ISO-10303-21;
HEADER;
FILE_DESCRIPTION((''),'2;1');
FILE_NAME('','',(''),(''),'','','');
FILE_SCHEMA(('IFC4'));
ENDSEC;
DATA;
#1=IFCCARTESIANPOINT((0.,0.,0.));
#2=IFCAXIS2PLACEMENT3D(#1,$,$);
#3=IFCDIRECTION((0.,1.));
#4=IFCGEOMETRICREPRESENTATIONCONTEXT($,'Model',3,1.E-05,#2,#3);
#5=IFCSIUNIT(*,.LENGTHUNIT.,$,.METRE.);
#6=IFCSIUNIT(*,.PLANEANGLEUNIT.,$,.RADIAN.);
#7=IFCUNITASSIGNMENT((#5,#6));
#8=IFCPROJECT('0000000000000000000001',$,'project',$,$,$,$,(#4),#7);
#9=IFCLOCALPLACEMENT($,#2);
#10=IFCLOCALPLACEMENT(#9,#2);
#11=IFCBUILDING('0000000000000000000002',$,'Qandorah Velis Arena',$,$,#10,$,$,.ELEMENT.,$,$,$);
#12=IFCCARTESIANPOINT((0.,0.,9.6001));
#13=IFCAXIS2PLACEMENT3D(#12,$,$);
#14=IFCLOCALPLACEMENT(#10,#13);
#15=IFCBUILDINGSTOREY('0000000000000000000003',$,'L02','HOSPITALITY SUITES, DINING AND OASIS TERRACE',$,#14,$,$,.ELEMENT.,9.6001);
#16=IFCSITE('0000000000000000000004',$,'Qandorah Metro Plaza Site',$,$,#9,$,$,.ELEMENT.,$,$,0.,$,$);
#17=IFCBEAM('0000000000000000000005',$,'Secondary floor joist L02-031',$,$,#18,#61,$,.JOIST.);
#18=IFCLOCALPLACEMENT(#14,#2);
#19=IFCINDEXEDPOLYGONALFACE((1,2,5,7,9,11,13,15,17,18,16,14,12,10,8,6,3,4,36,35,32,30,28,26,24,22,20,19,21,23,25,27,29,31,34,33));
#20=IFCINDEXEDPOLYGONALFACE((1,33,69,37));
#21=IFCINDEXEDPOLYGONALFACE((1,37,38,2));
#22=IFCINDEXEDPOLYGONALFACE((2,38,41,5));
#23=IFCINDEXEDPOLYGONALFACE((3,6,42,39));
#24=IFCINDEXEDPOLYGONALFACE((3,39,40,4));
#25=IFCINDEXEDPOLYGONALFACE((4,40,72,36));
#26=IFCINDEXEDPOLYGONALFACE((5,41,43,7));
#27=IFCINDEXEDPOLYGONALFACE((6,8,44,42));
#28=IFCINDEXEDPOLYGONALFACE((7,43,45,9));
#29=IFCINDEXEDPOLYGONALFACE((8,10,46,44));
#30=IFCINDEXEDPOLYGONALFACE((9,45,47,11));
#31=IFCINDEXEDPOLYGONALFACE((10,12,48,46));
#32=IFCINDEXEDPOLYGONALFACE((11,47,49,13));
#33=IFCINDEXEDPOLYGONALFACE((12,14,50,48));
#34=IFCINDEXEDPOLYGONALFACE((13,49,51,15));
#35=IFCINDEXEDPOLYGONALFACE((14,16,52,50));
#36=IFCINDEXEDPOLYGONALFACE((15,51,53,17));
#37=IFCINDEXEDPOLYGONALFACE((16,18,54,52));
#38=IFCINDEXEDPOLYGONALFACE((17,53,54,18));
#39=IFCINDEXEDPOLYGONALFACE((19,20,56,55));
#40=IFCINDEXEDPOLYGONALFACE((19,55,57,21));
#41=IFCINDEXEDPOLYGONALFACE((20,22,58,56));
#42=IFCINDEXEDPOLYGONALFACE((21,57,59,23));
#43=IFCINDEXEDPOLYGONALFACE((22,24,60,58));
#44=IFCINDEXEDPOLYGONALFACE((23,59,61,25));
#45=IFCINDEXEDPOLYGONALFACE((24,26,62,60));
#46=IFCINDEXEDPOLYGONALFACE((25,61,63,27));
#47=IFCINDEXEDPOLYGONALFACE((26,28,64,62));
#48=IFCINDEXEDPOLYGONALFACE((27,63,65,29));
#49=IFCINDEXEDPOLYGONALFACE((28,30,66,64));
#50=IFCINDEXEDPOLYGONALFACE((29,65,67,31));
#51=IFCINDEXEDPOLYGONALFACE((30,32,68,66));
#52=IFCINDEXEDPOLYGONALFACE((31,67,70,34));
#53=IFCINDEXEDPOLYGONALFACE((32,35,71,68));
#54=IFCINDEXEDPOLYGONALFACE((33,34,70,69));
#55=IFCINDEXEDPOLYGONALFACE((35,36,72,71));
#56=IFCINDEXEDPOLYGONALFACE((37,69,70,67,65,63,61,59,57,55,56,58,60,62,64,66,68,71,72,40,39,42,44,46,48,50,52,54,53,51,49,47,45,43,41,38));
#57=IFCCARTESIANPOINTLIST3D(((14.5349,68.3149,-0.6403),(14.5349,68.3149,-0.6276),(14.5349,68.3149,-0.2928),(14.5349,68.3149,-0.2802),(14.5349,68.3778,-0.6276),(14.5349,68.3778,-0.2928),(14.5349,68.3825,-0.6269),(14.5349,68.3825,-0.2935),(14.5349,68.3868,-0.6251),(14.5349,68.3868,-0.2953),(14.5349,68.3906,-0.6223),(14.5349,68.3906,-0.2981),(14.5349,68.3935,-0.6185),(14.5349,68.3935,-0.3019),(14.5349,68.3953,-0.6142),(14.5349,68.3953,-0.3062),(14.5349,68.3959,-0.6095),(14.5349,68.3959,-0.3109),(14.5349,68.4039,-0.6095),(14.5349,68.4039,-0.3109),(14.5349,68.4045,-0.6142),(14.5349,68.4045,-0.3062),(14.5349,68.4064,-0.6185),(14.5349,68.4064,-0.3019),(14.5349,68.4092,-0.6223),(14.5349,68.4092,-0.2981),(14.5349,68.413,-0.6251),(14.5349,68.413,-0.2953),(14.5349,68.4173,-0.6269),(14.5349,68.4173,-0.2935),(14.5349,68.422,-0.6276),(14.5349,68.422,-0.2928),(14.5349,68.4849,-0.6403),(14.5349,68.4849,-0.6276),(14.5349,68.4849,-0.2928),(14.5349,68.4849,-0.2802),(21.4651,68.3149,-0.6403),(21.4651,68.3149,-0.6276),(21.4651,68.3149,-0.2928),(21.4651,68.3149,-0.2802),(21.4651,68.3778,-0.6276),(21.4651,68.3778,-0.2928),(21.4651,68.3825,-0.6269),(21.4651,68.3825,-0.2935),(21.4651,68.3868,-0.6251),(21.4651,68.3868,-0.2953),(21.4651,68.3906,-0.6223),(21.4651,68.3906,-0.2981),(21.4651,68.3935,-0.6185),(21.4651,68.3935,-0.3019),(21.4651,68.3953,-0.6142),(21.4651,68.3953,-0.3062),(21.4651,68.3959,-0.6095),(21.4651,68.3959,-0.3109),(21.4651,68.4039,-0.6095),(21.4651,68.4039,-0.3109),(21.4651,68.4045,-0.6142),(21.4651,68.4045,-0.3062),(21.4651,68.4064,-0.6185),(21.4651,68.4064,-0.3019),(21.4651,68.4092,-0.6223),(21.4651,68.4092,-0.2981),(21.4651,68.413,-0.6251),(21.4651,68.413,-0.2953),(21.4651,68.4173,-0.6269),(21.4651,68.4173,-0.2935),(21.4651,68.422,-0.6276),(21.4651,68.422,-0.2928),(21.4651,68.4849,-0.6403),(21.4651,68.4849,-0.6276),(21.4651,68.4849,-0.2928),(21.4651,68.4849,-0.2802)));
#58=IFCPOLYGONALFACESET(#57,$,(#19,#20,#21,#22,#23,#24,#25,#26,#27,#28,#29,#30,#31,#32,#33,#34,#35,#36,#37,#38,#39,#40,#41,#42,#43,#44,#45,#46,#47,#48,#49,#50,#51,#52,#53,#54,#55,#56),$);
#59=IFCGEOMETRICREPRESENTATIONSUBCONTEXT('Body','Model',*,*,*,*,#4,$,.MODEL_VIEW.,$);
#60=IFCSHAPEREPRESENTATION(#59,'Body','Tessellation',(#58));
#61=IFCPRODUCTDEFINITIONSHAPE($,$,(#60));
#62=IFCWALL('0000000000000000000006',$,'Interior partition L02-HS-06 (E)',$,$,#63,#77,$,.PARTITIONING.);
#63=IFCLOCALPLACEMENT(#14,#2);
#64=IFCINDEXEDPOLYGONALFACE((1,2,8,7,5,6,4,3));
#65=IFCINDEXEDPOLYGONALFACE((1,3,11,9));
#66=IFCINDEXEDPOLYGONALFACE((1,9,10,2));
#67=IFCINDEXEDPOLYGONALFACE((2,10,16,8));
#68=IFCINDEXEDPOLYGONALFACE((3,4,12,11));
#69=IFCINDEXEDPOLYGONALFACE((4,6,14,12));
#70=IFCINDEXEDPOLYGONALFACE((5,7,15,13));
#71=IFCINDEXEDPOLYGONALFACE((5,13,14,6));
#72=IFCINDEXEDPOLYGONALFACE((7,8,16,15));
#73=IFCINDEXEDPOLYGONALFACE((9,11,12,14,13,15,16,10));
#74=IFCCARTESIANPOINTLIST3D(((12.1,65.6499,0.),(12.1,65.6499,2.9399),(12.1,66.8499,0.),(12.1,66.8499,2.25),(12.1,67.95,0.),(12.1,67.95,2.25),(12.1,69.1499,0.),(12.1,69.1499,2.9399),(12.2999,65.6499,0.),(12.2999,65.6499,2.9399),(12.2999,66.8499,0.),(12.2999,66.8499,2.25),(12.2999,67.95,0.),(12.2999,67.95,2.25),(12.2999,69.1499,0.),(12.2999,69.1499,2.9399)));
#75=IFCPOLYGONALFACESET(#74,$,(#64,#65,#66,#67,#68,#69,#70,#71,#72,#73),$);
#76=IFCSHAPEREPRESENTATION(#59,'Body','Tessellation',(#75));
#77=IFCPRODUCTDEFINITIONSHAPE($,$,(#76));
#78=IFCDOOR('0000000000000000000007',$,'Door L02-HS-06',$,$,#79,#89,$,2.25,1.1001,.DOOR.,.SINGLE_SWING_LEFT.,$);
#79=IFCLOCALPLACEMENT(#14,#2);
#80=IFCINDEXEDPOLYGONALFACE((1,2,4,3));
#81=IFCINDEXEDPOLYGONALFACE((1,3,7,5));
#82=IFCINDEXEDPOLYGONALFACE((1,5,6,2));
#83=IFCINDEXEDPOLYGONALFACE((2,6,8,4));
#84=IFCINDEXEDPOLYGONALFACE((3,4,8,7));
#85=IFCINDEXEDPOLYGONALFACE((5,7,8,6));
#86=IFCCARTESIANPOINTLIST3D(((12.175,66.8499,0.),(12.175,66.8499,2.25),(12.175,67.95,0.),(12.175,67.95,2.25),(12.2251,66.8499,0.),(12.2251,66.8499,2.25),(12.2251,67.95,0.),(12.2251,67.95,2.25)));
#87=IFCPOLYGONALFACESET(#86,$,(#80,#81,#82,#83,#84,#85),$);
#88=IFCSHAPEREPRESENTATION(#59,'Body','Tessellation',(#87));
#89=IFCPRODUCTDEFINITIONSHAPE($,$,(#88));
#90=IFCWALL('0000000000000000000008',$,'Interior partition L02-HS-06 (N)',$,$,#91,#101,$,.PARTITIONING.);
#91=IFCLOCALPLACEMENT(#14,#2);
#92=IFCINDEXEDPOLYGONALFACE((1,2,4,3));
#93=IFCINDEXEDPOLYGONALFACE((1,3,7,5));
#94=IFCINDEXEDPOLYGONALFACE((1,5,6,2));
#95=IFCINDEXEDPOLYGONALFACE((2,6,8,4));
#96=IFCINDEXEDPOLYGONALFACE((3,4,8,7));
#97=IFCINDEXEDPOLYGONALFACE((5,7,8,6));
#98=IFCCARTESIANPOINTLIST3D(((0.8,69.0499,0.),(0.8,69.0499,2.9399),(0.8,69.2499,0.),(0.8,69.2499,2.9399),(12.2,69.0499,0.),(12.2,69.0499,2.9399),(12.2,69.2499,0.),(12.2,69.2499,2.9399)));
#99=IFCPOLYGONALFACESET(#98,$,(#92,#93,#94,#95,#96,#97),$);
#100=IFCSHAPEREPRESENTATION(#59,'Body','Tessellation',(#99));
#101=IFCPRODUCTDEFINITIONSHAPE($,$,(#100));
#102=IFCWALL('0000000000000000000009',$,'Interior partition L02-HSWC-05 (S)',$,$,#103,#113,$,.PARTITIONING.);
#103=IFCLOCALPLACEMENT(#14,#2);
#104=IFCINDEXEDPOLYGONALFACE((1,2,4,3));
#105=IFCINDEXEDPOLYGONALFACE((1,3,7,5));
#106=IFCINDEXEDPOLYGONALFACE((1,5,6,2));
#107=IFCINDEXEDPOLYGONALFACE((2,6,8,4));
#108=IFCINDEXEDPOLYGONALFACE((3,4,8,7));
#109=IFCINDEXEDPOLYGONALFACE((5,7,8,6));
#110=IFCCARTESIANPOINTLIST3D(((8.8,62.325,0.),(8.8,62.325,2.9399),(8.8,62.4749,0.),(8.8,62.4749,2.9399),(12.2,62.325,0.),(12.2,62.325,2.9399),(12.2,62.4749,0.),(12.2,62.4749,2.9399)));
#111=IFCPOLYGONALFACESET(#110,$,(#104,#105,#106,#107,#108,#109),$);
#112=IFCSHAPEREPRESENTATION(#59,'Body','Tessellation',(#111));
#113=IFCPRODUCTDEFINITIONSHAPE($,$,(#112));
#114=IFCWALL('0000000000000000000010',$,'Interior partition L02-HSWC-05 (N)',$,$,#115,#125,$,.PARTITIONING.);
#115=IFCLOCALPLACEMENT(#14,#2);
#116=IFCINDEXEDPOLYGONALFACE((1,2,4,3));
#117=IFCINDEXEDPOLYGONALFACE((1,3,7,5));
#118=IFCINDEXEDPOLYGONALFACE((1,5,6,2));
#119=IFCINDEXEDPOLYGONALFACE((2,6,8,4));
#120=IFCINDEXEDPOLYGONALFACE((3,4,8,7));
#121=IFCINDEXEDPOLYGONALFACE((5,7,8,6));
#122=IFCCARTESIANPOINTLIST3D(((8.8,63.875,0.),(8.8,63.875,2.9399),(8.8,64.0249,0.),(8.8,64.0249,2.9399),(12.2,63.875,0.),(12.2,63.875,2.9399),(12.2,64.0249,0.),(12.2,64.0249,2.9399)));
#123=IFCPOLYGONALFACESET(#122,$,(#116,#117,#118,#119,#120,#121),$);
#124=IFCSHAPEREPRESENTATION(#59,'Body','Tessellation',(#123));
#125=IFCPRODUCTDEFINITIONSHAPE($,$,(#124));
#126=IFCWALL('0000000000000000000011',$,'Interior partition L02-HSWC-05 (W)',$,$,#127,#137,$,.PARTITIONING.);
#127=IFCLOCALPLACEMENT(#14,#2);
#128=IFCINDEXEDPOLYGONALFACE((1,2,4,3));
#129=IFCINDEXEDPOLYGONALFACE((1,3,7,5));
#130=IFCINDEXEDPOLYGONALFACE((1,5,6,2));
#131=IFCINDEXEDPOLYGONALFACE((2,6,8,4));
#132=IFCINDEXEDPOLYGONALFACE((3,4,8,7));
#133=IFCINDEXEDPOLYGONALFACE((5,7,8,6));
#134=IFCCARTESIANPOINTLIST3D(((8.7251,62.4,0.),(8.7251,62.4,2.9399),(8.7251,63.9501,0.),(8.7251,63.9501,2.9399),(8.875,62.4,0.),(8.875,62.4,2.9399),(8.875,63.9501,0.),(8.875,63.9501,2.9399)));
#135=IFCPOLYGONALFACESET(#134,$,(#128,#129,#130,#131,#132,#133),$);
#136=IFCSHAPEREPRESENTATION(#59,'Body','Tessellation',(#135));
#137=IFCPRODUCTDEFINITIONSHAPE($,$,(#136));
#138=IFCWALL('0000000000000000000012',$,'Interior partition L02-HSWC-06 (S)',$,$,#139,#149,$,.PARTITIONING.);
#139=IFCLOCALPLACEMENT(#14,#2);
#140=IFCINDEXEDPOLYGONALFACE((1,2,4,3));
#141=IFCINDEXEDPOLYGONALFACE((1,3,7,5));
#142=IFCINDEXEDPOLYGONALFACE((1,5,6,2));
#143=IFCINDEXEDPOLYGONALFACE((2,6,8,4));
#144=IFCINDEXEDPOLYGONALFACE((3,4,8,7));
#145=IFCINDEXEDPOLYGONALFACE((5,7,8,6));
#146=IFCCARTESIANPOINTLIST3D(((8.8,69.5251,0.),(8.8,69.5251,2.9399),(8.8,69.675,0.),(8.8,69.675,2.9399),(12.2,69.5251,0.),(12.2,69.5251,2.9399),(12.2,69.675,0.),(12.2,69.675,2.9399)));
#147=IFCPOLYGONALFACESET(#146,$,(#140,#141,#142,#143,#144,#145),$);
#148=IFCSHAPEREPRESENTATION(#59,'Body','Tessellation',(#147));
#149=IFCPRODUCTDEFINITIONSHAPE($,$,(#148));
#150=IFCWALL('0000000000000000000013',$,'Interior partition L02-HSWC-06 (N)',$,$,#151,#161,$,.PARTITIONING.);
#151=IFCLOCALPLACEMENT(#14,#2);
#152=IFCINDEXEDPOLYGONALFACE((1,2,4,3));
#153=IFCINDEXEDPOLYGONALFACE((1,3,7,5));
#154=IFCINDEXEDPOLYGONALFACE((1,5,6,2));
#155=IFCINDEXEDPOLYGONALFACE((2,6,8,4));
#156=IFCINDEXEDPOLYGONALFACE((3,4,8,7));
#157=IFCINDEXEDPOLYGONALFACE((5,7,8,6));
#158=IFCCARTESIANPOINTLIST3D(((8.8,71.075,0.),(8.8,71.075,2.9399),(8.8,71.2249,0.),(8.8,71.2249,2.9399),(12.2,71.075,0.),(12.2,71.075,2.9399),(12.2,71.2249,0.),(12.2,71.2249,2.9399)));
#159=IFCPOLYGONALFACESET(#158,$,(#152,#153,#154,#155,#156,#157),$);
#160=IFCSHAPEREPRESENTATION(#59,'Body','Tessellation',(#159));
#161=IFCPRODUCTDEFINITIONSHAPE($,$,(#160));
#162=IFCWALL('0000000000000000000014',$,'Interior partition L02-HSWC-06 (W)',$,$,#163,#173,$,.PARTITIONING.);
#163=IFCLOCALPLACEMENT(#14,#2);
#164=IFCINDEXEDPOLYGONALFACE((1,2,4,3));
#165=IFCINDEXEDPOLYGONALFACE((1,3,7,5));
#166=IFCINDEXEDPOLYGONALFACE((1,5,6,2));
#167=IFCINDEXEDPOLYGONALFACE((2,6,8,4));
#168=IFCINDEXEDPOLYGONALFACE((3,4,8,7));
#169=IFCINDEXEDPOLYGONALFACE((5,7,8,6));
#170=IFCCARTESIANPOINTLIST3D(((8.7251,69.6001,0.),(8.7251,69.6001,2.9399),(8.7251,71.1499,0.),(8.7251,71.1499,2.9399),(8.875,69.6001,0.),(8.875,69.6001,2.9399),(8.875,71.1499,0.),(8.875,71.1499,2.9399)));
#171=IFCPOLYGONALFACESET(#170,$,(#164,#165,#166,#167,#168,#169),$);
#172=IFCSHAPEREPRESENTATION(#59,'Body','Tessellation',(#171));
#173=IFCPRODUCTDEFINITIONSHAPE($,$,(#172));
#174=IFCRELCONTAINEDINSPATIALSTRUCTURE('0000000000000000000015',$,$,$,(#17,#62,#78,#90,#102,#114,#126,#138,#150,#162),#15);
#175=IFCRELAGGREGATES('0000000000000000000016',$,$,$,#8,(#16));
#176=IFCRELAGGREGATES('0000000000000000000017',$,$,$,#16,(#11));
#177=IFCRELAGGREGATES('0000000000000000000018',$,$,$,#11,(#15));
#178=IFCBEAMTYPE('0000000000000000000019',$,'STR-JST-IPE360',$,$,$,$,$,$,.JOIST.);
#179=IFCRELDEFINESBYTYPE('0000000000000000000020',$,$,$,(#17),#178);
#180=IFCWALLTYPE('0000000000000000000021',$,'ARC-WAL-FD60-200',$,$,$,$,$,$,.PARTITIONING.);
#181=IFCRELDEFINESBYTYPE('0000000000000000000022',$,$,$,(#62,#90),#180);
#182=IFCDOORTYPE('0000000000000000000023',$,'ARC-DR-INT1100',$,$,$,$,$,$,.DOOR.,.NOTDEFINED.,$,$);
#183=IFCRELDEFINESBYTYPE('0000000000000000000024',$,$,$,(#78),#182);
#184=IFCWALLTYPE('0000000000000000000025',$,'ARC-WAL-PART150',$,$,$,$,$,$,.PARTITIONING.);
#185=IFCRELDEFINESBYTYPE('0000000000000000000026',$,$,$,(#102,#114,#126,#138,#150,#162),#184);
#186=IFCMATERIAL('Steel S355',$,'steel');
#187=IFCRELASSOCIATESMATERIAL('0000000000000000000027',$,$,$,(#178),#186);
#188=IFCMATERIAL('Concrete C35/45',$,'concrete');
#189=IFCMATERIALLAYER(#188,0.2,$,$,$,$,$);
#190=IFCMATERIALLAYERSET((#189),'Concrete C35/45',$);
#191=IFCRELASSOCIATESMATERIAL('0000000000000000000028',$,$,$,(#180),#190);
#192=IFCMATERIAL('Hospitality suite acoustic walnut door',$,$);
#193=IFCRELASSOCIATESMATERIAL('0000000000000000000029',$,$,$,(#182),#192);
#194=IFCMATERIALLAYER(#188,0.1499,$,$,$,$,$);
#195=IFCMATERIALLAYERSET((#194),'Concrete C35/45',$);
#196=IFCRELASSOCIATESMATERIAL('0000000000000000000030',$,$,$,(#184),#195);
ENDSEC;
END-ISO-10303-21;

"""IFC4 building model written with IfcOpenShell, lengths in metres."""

from ifc_helpers import new_model, si_unit, direction, frame, frame_2d, origin, origin_2d, place, context, subcontext, project, spatial, rectangle, i_section, extrude, material, layer, layer_set, material_profile, profile_set, type_object, element, fill, save


model = new_model("IFC4")

# Units and contexts
model_context = context("Model", 3, precision=1e-05, world=origin(), true_north=direction((0.0, 1.0)))
body_context = subcontext(model_context, "Body", "Model", "MODEL_VIEW")
ifc_project = project(units=[si_unit("LENGTHUNIT", "METRE"), si_unit("PLANEANGLEUNIT", "RADIAN")], contexts=[model_context])

# Site, building, storey
site_placement = place(None, origin())
site = spatial("IfcSite", under=ifc_project, at=site_placement, Name="Qandorah Metro Plaza Site", CompositionType="ELEMENT", RefElevation=0.0)
building_placement = place(site_placement, origin())
building = spatial("IfcBuilding", under=site, at=building_placement, Name="Qandorah Velis Arena", CompositionType="ELEMENT")
storey_placement = place(building_placement, frame((0.0, 0.0, 9.6001)))
storey = spatial("IfcBuildingStorey", under=building, at=storey_placement, Name="L02", Description="HOSPITALITY SUITES, DINING AND OASIS TERRACE", CompositionType="ELEMENT", Elevation=9.6001)

# Shared definitions
ifc_material_1 = material(Name="Steel S355", Category="steel")

# Beam
ifc_material_profile_1 = material_profile(ifc_material_1, i_section(OverallWidth=0.1699, OverallDepth=0.3601, WebThickness=0.0081, FlangeThickness=0.0127, FilletRadius=0.0181, at=origin_2d()), Name="IPE 360")
ifc_profile_set_1 = profile_set([ifc_material_profile_1], Name="Steel S355")
beam_type_1 = type_object("IfcBeamType", Name="STR-JST-IPE360", PredefinedType="JOIST", material=ifc_profile_set_1)
beam_1_placement = place(storey_placement, frame((14.5349, 68.3999, -0.4602), z_axis=(1.0, 0.0, 0.0), x_axis=(0.0, 1.0, 0.0)))
element("IfcBeam", 1, at=beam_1_placement, inside=storey, type_object=beam_type_1, Name="Secondary floor joist L02-031", PredefinedType="JOIST", context=body_context, shape_type="SweptSolid", body=[
    extrude(i_section(OverallWidth=0.1699, OverallDepth=0.3601, WebThickness=0.0081, FlangeThickness=0.0127, FilletRadius=0.0181, at=origin_2d()), origin(), (0.0, 0.0, 1.0), 6.9302),
])

# Wall, opening, door
ifc_material_2 = material(Name="Concrete C35/45", Category="concrete")
ifc_layer_1 = layer(ifc_material_2, 0.2)
ifc_layer_set_1 = layer_set([ifc_layer_1], Name="Concrete C35/45")
wall_type_1 = type_object("IfcWallType", Name="ARC-WAL-FD60-200", PredefinedType="PARTITIONING", material=ifc_layer_set_1)
wall_1_placement = place(storey_placement, frame((12.2, 65.6499, 0.0), z_axis=(0.0, 0.0, 1.0), x_axis=(0.0, 1.0, 0.0)))
wall_1 = element("IfcWall", 2, at=wall_1_placement, inside=storey, type_object=wall_type_1, Name="Interior partition L02-HS-06 (E)", PredefinedType="PARTITIONING", context=body_context, shape_type="SweptSolid", body=[
    extrude(rectangle(XDim=3.5, YDim=0.2, at=frame_2d((1.75, 0.0))), origin(), (0.0, 0.0, 1.0), 2.9399),
])
opening_1_placement = place(wall_1_placement, frame((1.2, 0.0, 0.0)))
opening_1 = element("IfcOpeningElement", 3, at=opening_1_placement, cuts=wall_1, PredefinedType="OPENING", context=body_context, shape_type="SweptSolid", body=[
    extrude(rectangle(XDim=1.1001, YDim=2.25, at=frame_2d((0.55, 1.125))), frame((0.0, 0.1099, 0.0), z_axis=(0.0, -1.0, 0.0), x_axis=(1.0, 0.0, 0.0)), (0.0, 0.0, 1.0), 0.22),
])
ifc_material_3 = material(Name="Hospitality suite acoustic walnut door")
door_type_1 = type_object("IfcDoorType", Name="ARC-DR-INT1100", OperationType="NOTDEFINED", PredefinedType="DOOR", material=ifc_material_3)
door_1_placement = place(opening_1_placement, origin())
door_1 = element("IfcDoor", 4, at=door_1_placement, inside=storey, type_object=door_type_1, Name="Door L02-HS-06", OperationType="SINGLE_SWING_LEFT", OverallHeight=2.25, OverallWidth=1.1001, PredefinedType="DOOR", context=body_context, shape_type="SweptSolid", body=[
    extrude(rectangle(XDim=1.1001, YDim=2.25, at=frame_2d((0.55, 1.125))), frame((0.0, 0.0249, 0.0), z_axis=(0.0, -1.0, 0.0), x_axis=(1.0, 0.0, 0.0)), (0.0, 0.0, 1.0), 0.05),
])
fill(opening_1, door_1)

# Walls
wall_2_placement = place(storey_placement, frame((12.2, 69.1499, 0.0), z_axis=(0.0, 0.0, 1.0), x_axis=(-1.0, 0.0, 0.0)))
element("IfcWall", 5, at=wall_2_placement, inside=storey, type_object=wall_type_1, Name="Interior partition L02-HS-06 (N)", PredefinedType="PARTITIONING", context=body_context, shape_type="SweptSolid", body=[
    extrude(rectangle(XDim=11.3999, YDim=0.2, at=frame_2d((5.7, 0.0))), origin(), (0.0, 0.0, 1.0), 2.9399),
])
ifc_layer_2 = layer(ifc_material_2, 0.1499)
ifc_layer_set_2 = layer_set([ifc_layer_2], Name="Concrete C35/45")
wall_type_2 = type_object("IfcWallType", Name="ARC-WAL-PART150", PredefinedType="PARTITIONING", material=ifc_layer_set_2)
wall_3_placement = place(storey_placement, frame((8.8, 62.3999, 0.0), z_axis=(0.0, 0.0, 1.0), x_axis=(1.0, 0.0, 0.0)))
element("IfcWall", 6, at=wall_3_placement, inside=storey, type_object=wall_type_2, Name="Interior partition L02-HSWC-05 (S)", PredefinedType="PARTITIONING", context=body_context, shape_type="SweptSolid", body=[
    extrude(rectangle(XDim=3.3999, YDim=0.1499, at=frame_2d((1.7, 0.0))), origin(), (0.0, 0.0, 1.0), 2.9399),
])

# Walls
wall_4_placement = place(storey_placement, frame((12.2, 63.95, 0.0), z_axis=(0.0, 0.0, 1.0), x_axis=(-1.0, 0.0, 0.0)))
element("IfcWall", 7, at=wall_4_placement, inside=storey, type_object=wall_type_2, Name="Interior partition L02-HSWC-05 (N)", PredefinedType="PARTITIONING", context=body_context, shape_type="SweptSolid", body=[
    extrude(rectangle(XDim=3.3999, YDim=0.1499, at=frame_2d((1.7, 0.0))), origin(), (0.0, 0.0, 1.0), 2.9399),
])
wall_5_placement = place(storey_placement, frame((8.8, 63.95, 0.0), z_axis=(0.0, 0.0, 1.0), x_axis=(0.0, -1.0, 0.0)))
element("IfcWall", 8, at=wall_5_placement, inside=storey, type_object=wall_type_2, Name="Interior partition L02-HSWC-05 (W)", PredefinedType="PARTITIONING", context=body_context, shape_type="SweptSolid", body=[
    extrude(rectangle(XDim=1.55, YDim=0.1499, at=frame_2d((0.7749, 0.0))), origin(), (0.0, 0.0, 1.0), 2.9399),
])
wall_6_placement = place(storey_placement, frame((8.8, 69.6001, 0.0), z_axis=(0.0, 0.0, 1.0), x_axis=(1.0, 0.0, 0.0)))
element("IfcWall", 9, at=wall_6_placement, inside=storey, type_object=wall_type_2, Name="Interior partition L02-HSWC-06 (S)", PredefinedType="PARTITIONING", context=body_context, shape_type="SweptSolid", body=[
    extrude(rectangle(XDim=3.3999, YDim=0.1499, at=frame_2d((1.7, 0.0))), origin(), (0.0, 0.0, 1.0), 2.9399),
])

# Walls
wall_7_placement = place(storey_placement, frame((12.2, 71.1499, 0.0), z_axis=(0.0, 0.0, 1.0), x_axis=(-1.0, 0.0, 0.0)))
element("IfcWall", 10, at=wall_7_placement, inside=storey, type_object=wall_type_2, Name="Interior partition L02-HSWC-06 (N)", PredefinedType="PARTITIONING", context=body_context, shape_type="SweptSolid", body=[
    extrude(rectangle(XDim=3.3999, YDim=0.1499, at=frame_2d((1.7, 0.0))), origin(), (0.0, 0.0, 1.0), 2.9399),
])
wall_8_placement = place(storey_placement, frame((8.8, 71.1499, 0.0), z_axis=(0.0, 0.0, 1.0), x_axis=(0.0, -1.0, 0.0)))
element("IfcWall", 11, at=wall_8_placement, inside=storey, type_object=wall_type_2, Name="Interior partition L02-HSWC-06 (W)", PredefinedType="PARTITIONING", context=body_context, shape_type="SweptSolid", body=[
    extrude(rectangle(XDim=1.5498, YDim=0.1499, at=frame_2d((0.7749, 0.0))), origin(), (0.0, 0.0, 1.0), 2.9399),
])

save(model, "model.ifc")
